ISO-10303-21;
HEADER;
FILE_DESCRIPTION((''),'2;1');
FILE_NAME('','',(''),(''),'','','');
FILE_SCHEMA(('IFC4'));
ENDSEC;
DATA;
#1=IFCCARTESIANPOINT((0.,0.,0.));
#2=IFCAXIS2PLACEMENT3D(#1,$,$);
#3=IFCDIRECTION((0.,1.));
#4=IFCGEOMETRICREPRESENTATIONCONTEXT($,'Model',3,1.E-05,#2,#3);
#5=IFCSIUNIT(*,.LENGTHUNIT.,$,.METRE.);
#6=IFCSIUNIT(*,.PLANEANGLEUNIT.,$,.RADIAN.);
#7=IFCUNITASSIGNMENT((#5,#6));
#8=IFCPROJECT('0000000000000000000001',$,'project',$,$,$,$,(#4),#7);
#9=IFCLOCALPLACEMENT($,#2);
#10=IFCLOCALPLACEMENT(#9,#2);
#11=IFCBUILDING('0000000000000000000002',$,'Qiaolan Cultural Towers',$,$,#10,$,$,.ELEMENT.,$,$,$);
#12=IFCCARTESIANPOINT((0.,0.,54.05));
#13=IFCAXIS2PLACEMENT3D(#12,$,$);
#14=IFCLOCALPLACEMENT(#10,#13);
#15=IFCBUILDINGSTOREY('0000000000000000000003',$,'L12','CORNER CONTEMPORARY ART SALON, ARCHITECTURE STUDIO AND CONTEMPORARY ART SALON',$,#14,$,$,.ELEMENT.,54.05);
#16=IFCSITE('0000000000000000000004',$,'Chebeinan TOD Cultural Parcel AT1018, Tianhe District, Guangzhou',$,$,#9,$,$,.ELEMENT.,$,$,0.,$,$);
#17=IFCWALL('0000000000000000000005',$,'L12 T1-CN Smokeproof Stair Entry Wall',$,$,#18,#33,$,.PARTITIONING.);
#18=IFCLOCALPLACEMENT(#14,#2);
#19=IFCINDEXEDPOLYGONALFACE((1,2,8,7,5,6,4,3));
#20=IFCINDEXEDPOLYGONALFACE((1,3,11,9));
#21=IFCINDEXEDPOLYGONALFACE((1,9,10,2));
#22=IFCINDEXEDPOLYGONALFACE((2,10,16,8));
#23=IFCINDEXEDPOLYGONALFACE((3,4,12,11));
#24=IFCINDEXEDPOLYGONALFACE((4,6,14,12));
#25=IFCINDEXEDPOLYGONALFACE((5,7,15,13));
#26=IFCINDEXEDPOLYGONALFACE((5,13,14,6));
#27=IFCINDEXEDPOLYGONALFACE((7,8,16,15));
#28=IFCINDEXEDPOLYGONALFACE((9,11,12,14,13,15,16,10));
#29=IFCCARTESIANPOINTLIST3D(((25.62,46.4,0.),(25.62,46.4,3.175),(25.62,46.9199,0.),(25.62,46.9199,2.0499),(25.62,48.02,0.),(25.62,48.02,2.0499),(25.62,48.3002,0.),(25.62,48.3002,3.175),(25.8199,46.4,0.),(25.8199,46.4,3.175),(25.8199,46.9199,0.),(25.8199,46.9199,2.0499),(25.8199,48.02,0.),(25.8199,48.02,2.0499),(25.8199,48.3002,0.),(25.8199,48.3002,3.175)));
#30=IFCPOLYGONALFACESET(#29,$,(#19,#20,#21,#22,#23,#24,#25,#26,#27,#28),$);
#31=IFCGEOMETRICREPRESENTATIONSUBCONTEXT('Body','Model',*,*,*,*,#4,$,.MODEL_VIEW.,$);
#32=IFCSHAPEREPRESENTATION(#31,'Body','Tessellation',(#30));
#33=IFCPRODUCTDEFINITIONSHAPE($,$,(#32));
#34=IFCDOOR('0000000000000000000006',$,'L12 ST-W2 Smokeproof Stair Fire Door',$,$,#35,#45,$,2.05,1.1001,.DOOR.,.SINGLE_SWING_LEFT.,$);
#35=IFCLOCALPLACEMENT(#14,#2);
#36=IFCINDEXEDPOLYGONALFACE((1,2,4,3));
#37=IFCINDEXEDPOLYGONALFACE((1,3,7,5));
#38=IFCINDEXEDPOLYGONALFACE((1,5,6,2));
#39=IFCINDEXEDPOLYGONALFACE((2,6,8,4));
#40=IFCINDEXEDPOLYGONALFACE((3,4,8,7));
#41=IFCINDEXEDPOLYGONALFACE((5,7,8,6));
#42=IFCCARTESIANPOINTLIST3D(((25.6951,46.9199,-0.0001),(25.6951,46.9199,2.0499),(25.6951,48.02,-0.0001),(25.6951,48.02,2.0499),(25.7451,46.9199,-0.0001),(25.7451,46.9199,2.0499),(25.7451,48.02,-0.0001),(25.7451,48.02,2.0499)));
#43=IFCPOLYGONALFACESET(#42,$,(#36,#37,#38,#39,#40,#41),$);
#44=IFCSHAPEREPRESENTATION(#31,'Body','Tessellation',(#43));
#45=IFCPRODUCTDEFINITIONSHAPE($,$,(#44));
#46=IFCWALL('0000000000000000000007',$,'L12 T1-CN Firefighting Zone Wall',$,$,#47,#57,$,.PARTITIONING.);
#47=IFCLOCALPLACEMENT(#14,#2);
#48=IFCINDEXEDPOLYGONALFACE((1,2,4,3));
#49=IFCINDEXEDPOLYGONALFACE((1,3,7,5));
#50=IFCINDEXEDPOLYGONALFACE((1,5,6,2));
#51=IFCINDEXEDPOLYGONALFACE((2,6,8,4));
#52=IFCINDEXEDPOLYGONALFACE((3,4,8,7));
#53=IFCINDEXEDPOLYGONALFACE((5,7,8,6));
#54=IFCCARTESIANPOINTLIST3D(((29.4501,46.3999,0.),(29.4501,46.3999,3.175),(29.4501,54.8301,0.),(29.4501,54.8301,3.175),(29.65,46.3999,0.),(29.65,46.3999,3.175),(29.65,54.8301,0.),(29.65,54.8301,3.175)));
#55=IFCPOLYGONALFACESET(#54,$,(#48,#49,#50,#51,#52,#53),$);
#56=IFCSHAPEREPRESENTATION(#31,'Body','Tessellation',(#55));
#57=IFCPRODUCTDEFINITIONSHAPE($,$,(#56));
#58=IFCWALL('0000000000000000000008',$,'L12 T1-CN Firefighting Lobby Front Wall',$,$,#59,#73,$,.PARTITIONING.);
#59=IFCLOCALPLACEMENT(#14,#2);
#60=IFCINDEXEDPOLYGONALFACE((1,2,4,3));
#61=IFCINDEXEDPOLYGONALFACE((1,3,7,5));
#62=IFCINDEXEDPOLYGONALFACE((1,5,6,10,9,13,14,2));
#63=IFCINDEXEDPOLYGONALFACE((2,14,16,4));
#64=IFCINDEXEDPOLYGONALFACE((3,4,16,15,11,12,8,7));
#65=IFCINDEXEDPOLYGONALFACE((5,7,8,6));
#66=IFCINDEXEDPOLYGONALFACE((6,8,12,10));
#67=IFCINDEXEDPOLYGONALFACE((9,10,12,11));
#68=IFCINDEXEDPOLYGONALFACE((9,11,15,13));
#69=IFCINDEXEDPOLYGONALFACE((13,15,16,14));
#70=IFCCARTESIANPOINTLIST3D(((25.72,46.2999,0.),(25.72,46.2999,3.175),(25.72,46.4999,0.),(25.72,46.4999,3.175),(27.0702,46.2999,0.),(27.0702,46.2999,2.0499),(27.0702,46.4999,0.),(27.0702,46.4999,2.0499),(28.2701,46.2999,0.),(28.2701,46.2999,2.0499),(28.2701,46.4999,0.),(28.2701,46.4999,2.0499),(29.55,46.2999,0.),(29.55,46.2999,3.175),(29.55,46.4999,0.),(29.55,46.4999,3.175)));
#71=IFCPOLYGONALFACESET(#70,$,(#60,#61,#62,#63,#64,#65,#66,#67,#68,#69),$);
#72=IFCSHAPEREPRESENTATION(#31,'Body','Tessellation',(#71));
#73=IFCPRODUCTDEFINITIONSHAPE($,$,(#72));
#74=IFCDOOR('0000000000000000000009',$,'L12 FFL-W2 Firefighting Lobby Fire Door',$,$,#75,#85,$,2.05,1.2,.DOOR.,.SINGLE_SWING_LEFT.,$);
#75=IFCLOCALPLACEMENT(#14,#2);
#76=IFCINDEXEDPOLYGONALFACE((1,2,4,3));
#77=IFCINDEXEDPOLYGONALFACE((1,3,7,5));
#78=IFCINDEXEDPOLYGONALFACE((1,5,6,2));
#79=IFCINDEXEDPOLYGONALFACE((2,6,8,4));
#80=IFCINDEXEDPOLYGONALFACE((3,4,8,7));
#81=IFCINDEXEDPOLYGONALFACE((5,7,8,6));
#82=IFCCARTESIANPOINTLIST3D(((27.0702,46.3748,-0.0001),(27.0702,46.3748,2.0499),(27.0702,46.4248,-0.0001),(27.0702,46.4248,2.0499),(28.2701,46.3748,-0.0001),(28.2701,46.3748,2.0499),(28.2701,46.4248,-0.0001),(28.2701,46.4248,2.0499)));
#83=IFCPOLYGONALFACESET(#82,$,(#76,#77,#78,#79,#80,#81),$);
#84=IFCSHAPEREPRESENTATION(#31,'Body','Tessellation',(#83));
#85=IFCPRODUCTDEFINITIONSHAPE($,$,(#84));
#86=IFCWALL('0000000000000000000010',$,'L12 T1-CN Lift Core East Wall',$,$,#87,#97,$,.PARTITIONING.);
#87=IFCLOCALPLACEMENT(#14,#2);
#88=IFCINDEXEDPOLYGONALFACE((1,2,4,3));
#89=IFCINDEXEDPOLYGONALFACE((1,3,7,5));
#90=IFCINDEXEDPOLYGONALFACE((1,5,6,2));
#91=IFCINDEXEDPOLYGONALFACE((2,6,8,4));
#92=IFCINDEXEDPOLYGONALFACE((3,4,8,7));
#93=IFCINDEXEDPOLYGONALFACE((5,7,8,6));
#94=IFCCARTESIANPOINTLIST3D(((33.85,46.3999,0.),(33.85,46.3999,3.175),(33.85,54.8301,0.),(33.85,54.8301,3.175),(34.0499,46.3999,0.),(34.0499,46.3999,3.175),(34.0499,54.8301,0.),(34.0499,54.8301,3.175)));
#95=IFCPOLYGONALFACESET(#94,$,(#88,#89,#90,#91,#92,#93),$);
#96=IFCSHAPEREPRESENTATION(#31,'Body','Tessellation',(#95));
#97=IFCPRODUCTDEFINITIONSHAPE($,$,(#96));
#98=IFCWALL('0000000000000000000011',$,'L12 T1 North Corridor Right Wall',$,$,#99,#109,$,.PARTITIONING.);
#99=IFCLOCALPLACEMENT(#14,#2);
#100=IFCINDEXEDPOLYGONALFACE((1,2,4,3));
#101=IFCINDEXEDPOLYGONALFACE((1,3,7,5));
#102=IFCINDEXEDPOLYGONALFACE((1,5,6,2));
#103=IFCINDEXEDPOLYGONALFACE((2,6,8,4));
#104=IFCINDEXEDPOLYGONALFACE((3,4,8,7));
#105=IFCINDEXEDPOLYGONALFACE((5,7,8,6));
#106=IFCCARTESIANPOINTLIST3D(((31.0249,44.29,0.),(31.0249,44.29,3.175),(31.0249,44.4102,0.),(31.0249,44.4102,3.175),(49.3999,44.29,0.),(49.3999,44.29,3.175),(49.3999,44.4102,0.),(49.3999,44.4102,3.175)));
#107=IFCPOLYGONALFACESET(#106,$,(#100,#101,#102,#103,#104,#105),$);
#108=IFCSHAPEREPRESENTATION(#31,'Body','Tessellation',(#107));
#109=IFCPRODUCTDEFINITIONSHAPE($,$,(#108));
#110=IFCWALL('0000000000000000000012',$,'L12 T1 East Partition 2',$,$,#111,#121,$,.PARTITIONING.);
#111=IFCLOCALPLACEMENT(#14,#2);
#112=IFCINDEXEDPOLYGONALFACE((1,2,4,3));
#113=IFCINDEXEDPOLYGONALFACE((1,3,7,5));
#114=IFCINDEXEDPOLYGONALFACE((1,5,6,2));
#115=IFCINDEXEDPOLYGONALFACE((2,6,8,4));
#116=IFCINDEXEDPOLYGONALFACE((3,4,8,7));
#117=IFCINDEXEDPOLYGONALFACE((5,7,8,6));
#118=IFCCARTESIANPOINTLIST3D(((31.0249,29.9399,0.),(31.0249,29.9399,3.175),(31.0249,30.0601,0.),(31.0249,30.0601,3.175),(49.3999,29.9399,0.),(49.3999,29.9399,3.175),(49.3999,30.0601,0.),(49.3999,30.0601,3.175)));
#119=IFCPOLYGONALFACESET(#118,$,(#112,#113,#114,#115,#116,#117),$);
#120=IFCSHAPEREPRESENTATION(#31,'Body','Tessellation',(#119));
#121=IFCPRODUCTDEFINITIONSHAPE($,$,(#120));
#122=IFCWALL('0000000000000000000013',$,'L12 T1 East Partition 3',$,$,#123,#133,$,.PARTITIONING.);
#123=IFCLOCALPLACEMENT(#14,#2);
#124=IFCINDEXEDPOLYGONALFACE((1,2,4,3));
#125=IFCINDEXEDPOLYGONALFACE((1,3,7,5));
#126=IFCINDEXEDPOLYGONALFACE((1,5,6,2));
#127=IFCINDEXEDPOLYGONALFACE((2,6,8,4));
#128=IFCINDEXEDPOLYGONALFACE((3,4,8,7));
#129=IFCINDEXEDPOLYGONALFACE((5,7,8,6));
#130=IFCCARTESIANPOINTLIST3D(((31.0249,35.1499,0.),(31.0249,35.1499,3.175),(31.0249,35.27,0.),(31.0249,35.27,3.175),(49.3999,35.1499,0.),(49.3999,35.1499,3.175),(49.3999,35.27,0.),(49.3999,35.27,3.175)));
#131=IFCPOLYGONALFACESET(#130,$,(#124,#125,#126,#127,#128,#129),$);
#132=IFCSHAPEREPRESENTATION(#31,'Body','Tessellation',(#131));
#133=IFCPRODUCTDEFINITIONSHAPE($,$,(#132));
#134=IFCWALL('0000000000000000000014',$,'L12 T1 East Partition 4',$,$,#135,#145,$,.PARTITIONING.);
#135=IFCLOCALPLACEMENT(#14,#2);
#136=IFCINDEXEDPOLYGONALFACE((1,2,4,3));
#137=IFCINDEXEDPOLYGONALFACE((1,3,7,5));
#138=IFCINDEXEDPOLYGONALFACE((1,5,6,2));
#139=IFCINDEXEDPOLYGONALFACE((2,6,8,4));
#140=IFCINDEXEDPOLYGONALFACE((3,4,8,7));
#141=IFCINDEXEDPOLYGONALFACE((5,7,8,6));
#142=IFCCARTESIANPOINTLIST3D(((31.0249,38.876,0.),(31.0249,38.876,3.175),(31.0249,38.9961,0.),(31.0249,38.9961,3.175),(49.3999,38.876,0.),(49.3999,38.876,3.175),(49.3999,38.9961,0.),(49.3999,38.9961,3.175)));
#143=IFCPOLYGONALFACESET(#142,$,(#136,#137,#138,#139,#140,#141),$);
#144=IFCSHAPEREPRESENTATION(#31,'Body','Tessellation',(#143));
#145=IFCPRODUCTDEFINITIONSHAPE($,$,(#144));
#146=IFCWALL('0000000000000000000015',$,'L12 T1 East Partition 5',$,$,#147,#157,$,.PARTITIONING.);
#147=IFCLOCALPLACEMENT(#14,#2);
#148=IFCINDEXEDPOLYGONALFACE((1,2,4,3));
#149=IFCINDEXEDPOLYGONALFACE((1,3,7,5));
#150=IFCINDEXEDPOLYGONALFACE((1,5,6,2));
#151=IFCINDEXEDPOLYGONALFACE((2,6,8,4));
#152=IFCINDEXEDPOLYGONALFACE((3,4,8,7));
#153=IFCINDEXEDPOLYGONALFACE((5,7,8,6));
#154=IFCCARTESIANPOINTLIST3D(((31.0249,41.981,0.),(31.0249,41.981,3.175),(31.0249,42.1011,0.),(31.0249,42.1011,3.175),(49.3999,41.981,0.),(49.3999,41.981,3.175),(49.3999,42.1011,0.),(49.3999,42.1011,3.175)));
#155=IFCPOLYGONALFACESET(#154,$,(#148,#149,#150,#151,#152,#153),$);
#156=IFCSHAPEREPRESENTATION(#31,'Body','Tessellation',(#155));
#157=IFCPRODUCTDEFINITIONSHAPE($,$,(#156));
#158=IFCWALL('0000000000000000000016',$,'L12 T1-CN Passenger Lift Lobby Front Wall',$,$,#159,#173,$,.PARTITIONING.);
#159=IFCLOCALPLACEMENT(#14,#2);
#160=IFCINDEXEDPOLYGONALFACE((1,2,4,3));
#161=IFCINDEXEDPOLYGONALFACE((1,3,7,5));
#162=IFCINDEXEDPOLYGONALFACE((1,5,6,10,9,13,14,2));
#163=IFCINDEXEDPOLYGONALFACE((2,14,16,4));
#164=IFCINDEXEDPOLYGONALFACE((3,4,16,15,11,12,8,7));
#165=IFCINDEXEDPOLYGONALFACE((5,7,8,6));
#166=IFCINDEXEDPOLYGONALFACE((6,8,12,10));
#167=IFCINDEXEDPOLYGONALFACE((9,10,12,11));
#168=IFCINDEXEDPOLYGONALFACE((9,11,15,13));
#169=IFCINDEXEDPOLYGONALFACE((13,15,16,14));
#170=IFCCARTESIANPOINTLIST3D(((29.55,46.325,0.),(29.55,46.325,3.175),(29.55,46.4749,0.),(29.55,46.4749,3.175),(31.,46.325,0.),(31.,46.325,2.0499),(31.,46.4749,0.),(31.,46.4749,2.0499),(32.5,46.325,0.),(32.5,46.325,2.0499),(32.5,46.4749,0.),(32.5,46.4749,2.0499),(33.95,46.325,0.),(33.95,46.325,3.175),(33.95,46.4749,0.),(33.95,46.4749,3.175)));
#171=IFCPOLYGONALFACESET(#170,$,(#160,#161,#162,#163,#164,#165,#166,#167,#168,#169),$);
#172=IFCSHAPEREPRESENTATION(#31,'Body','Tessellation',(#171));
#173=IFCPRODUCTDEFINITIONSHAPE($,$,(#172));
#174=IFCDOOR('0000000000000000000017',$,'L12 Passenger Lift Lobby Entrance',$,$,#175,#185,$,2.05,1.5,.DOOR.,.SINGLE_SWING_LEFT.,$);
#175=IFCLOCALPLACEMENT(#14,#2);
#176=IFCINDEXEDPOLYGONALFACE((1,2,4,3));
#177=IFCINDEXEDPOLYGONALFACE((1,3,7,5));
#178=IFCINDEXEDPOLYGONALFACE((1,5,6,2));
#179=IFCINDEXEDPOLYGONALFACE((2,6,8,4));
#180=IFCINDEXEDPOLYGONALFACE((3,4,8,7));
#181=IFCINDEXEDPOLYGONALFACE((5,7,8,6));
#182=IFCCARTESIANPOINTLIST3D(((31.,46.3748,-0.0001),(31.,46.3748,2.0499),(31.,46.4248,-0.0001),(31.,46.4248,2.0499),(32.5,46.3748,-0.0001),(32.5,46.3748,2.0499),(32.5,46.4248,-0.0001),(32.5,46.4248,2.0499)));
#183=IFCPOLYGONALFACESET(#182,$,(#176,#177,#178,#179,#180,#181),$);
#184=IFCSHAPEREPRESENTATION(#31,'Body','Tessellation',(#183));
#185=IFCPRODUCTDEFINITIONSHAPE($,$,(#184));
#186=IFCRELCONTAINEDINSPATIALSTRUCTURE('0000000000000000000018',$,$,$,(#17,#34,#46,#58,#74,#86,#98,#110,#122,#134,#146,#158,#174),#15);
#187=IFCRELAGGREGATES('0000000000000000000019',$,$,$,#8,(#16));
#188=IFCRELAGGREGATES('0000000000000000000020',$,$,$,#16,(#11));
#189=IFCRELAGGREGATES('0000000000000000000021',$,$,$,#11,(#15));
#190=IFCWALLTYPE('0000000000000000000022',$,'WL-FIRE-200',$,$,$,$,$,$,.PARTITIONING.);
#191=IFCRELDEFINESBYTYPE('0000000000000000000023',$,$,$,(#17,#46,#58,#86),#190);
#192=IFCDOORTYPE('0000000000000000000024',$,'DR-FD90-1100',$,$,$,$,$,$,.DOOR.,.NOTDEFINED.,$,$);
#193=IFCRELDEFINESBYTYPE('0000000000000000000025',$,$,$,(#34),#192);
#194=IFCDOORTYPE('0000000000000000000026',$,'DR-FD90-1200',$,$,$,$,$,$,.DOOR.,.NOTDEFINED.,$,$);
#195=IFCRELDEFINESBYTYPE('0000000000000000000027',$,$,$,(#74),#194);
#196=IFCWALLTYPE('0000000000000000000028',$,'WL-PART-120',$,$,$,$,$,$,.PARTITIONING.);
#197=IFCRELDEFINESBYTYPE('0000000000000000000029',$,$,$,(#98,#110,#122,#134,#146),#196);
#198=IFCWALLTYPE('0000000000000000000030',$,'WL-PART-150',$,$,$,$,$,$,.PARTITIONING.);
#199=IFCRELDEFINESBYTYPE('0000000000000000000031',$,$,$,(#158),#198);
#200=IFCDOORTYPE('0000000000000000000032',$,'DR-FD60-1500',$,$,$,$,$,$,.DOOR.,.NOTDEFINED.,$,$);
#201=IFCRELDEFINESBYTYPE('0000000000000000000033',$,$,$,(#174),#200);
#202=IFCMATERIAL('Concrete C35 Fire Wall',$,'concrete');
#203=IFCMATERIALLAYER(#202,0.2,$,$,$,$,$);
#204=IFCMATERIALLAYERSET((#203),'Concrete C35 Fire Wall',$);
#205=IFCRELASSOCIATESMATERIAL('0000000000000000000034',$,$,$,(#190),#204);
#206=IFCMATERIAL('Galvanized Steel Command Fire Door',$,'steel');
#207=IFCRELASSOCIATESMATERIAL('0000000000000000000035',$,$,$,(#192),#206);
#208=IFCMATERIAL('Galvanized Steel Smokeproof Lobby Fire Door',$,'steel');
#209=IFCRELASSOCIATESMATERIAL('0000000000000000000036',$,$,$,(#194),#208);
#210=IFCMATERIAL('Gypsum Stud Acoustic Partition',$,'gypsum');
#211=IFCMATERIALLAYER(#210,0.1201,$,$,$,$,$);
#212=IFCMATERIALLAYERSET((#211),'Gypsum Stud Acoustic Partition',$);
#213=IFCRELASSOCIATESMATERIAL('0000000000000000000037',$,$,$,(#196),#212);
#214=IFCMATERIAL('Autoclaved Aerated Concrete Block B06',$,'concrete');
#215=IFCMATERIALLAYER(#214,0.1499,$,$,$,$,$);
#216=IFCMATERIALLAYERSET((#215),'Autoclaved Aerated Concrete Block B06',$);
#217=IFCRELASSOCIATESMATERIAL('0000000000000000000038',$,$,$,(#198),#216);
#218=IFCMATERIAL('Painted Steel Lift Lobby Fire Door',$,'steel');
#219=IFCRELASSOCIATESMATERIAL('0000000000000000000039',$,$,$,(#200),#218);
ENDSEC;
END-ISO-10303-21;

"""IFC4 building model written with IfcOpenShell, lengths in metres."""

from ifc_helpers import new_model, si_unit, direction, frame, frame_2d, origin, place, context, subcontext, project, spatial, rectangle, extrude, material, layer, layer_set, type_object, element, fill, save


model = new_model("IFC4")

# Units and contexts
model_context = context("Model", 3, precision=1e-05, world=origin(), true_north=direction((0.0, 1.0)))
body_context = subcontext(model_context, "Body", "Model", "MODEL_VIEW")
ifc_project = project(units=[si_unit("LENGTHUNIT", "METRE"), si_unit("PLANEANGLEUNIT", "RADIAN")], contexts=[model_context])

# Site, building, storey
site_placement = place(None, origin())
site = spatial("IfcSite", under=ifc_project, at=site_placement, Name="Chebeinan TOD Cultural Parcel AT1018, Tianhe District, Guangzhou", CompositionType="ELEMENT", RefElevation=0.0)
building_placement = place(site_placement, origin())
building = spatial("IfcBuilding", under=site, at=building_placement, Name="Qiaolan Cultural Towers", CompositionType="ELEMENT")
storey_placement = place(building_placement, frame((0.0, 0.0, 54.05)))
storey = spatial("IfcBuildingStorey", under=building, at=storey_placement, Name="L12", Description="CORNER CONTEMPORARY ART SALON, ARCHITECTURE STUDIO AND CONTEMPORARY ART SALON", CompositionType="ELEMENT", Elevation=54.05)

# Wall, opening, door
ifc_material_1 = material(Name="Concrete C35 Fire Wall", Category="concrete")
ifc_layer_1 = layer(ifc_material_1, 0.2)
ifc_layer_set_1 = layer_set([ifc_layer_1], Name="Concrete C35 Fire Wall")
wall_type_1 = type_object("IfcWallType", Name="WL-FIRE-200", PredefinedType="PARTITIONING", material=ifc_layer_set_1)
wall_1_placement = place(storey_placement, frame((25.72, 46.3999, 0.0), z_axis=(0.0, 0.0, 1.0), x_axis=(0.0, 1.0, 0.0)))
wall_1 = element("IfcWall", 1, at=wall_1_placement, inside=storey, type_object=wall_type_1, Name="L12 T1-CN Smokeproof Stair Entry Wall", PredefinedType="PARTITIONING", context=body_context, shape_type="SweptSolid", body=[
    extrude(rectangle(XDim=1.9001, YDim=0.2, at=frame_2d((0.9502, 0.0))), origin(), (0.0, 0.0, 1.0), 3.175),
])
opening_1_placement = place(wall_1_placement, frame((0.52, 0.0, 0.0)))
opening_1 = element("IfcOpeningElement", 2, at=opening_1_placement, cuts=wall_1, PredefinedType="OPENING", context=body_context, shape_type="SweptSolid", body=[
    extrude(rectangle(XDim=1.1001, YDim=2.05, at=frame_2d((0.55, 1.0249))), frame((0.0, 0.1099, 0.0), z_axis=(0.0, -1.0, 0.0), x_axis=(1.0, 0.0, 0.0)), (0.0, 0.0, 1.0), 0.22),
])
ifc_material_2 = material(Name="Galvanized Steel Command Fire Door", Category="steel")
door_type_1 = type_object("IfcDoorType", Name="DR-FD90-1100", OperationType="NOTDEFINED", PredefinedType="DOOR", material=ifc_material_2)
door_1_placement = place(opening_1_placement, origin())
door_1 = element("IfcDoor", 3, at=door_1_placement, inside=storey, type_object=door_type_1, Name="L12 ST-W2 Smokeproof Stair Fire Door", OperationType="SINGLE_SWING_LEFT", OverallHeight=2.05, OverallWidth=1.1001, PredefinedType="DOOR", context=body_context, shape_type="SweptSolid", body=[
    extrude(rectangle(XDim=1.1001, YDim=2.05, at=frame_2d((0.55, 1.0249))), frame((0.0, 0.0249, 0.0), z_axis=(0.0, -1.0, 0.0), x_axis=(1.0, 0.0, 0.0)), (0.0, 0.0, 1.0), 0.05),
])
fill(opening_1, door_1)

# Wall
wall_2_placement = place(storey_placement, frame((29.55, 46.3999, 0.0), z_axis=(0.0, 0.0, 1.0), x_axis=(0.0, 1.0, 0.0)))
element("IfcWall", 4, at=wall_2_placement, inside=storey, type_object=wall_type_1, Name="L12 T1-CN Firefighting Zone Wall", PredefinedType="PARTITIONING", context=body_context, shape_type="SweptSolid", body=[
    extrude(rectangle(XDim=8.4302, YDim=0.2, at=frame_2d((4.2151, 0.0))), origin(), (0.0, 0.0, 1.0), 3.175),
])

# Wall, opening, door
wall_3_placement = place(storey_placement, frame((25.72, 46.3999, 0.0), z_axis=(0.0, 0.0, 1.0), x_axis=(1.0, 0.0, 0.0)))
wall_3 = element("IfcWall", 5, at=wall_3_placement, inside=storey, type_object=wall_type_1, Name="L12 T1-CN Firefighting Lobby Front Wall", PredefinedType="PARTITIONING", context=body_context, shape_type="SweptSolid", body=[
    extrude(rectangle(XDim=3.8301, YDim=0.2, at=frame_2d((1.915, 0.0))), origin(), (0.0, 0.0, 1.0), 3.175),
])
opening_2_placement = place(wall_3_placement, frame((1.3501, 0.0, 0.0)))
opening_2 = element("IfcOpeningElement", 6, at=opening_2_placement, cuts=wall_3, PredefinedType="OPENING", context=body_context, shape_type="SweptSolid", body=[
    extrude(rectangle(XDim=1.2, YDim=2.05, at=frame_2d((0.6001, 1.0249))), frame((0.0, 0.1099, 0.0), z_axis=(0.0, -1.0, 0.0), x_axis=(1.0, 0.0, 0.0)), (0.0, 0.0, 1.0), 0.22),
])
ifc_material_3 = material(Name="Galvanized Steel Smokeproof Lobby Fire Door", Category="steel")
door_type_2 = type_object("IfcDoorType", Name="DR-FD90-1200", OperationType="NOTDEFINED", PredefinedType="DOOR", material=ifc_material_3)
door_2_placement = place(opening_2_placement, origin())
door_2 = element("IfcDoor", 7, at=door_2_placement, inside=storey, type_object=door_type_2, Name="L12 FFL-W2 Firefighting Lobby Fire Door", OperationType="SINGLE_SWING_LEFT", OverallHeight=2.05, OverallWidth=1.2, PredefinedType="DOOR", context=body_context, shape_type="SweptSolid", body=[
    extrude(rectangle(XDim=1.2, YDim=2.05, at=frame_2d((0.6001, 1.0249))), frame((0.0, 0.0249, 0.0), z_axis=(0.0, -1.0, 0.0), x_axis=(1.0, 0.0, 0.0)), (0.0, 0.0, 1.0), 0.05),
])
fill(opening_2, door_2)

# Walls
wall_4_placement = place(storey_placement, frame((33.95, 46.3999, 0.0), z_axis=(0.0, 0.0, 1.0), x_axis=(0.0, 1.0, 0.0)))
element("IfcWall", 8, at=wall_4_placement, inside=storey, type_object=wall_type_1, Name="L12 T1-CN Lift Core East Wall", PredefinedType="PARTITIONING", context=body_context, shape_type="SweptSolid", body=[
    extrude(rectangle(XDim=8.4302, YDim=0.2, at=frame_2d((4.2151, 0.0))), origin(), (0.0, 0.0, 1.0), 3.175),
])
ifc_material_4 = material(Name="Gypsum Stud Acoustic Partition", Category="gypsum")
ifc_layer_2 = layer(ifc_material_4, 0.1201)
ifc_layer_set_2 = layer_set([ifc_layer_2], Name="Gypsum Stud Acoustic Partition")
wall_type_2 = type_object("IfcWallType", Name="WL-PART-120", PredefinedType="PARTITIONING", material=ifc_layer_set_2)
for number, where, z_axis, x_axis, name in (
    (9, (31.0249, 44.3501, 0.0), (0.0, 0.0, 1.0), (1.0, 0.0, 0.0), "L12 T1 North Corridor Right Wall"),
    (10, (31.0249, 30.0, 0.0), (0.0, 0.0, 1.0), (1.0, 0.0, 0.0), "L12 T1 East Partition 2"),
    (11, (31.0249, 35.21, 0.0), (0.0, 0.0, 1.0), (1.0, 0.0, 0.0), "L12 T1 East Partition 3"),
    (12, (31.0249, 38.936, 0.0), (0.0, 0.0, 1.0), (1.0, 0.0, 0.0), "L12 T1 East Partition 4"),
    (13, (31.0249, 42.041, 0.0), (0.0, 0.0, 1.0), (1.0, 0.0, 0.0), "L12 T1 East Partition 5"),
):
    element("IfcWall", number, at=place(storey_placement, frame(where, z_axis=z_axis, x_axis=x_axis)), inside=storey, type_object=wall_type_2, Name=name, PredefinedType="PARTITIONING", context=body_context, shape_type="SweptSolid", body=[
        extrude(rectangle(XDim=18.375, YDim=0.1201, at=frame_2d((9.1875, 0.0))), origin(), (0.0, 0.0, 1.0), 3.175),
    ])

# Wall, opening, door
ifc_material_5 = material(Name="Autoclaved Aerated Concrete Block B06", Category="concrete")
ifc_layer_3 = layer(ifc_material_5, 0.1499)
ifc_layer_set_3 = layer_set([ifc_layer_3], Name="Autoclaved Aerated Concrete Block B06")
wall_type_3 = type_object("IfcWallType", Name="WL-PART-150", PredefinedType="PARTITIONING", material=ifc_layer_set_3)
wall_5_placement = place(storey_placement, frame((29.55, 46.3999, 0.0), z_axis=(0.0, 0.0, 1.0), x_axis=(1.0, 0.0, 0.0)))
wall_5 = element("IfcWall", 14, at=wall_5_placement, inside=storey, type_object=wall_type_3, Name="L12 T1-CN Passenger Lift Lobby Front Wall", PredefinedType="PARTITIONING", context=body_context, shape_type="SweptSolid", body=[
    extrude(rectangle(XDim=4.3999, YDim=0.1499, at=frame_2d((2.2, 0.0))), origin(), (0.0, 0.0, 1.0), 3.175),
])
opening_3_placement = place(wall_5_placement, frame((1.45, 0.0, 0.0)))
opening_3 = element("IfcOpeningElement", 15, at=opening_3_placement, cuts=wall_5, PredefinedType="OPENING", context=body_context, shape_type="SweptSolid", body=[
    extrude(rectangle(XDim=1.5, YDim=2.05, at=frame_2d((0.75, 1.0249))), frame((0.0, 0.085, 0.0), z_axis=(0.0, -1.0, 0.0), x_axis=(1.0, 0.0, 0.0)), (0.0, 0.0, 1.0), 0.1699),
])
ifc_material_6 = material(Name="Painted Steel Lift Lobby Fire Door", Category="steel")
door_type_3 = type_object("IfcDoorType", Name="DR-FD60-1500", OperationType="NOTDEFINED", PredefinedType="DOOR", material=ifc_material_6)
door_3_placement = place(opening_3_placement, origin())
door_3 = element("IfcDoor", 16, at=door_3_placement, inside=storey, type_object=door_type_3, Name="L12 Passenger Lift Lobby Entrance", OperationType="SINGLE_SWING_LEFT", OverallHeight=2.05, OverallWidth=1.5, PredefinedType="DOOR", context=body_context, shape_type="SweptSolid", body=[
    extrude(rectangle(XDim=1.5, YDim=2.05, at=frame_2d((0.75, 1.0249))), frame((0.0, 0.0249, 0.0), z_axis=(0.0, -1.0, 0.0), x_axis=(1.0, 0.0, 0.0)), (0.0, 0.0, 1.0), 0.05),
])
fill(opening_3, door_3)

save(model, "model.ifc")
